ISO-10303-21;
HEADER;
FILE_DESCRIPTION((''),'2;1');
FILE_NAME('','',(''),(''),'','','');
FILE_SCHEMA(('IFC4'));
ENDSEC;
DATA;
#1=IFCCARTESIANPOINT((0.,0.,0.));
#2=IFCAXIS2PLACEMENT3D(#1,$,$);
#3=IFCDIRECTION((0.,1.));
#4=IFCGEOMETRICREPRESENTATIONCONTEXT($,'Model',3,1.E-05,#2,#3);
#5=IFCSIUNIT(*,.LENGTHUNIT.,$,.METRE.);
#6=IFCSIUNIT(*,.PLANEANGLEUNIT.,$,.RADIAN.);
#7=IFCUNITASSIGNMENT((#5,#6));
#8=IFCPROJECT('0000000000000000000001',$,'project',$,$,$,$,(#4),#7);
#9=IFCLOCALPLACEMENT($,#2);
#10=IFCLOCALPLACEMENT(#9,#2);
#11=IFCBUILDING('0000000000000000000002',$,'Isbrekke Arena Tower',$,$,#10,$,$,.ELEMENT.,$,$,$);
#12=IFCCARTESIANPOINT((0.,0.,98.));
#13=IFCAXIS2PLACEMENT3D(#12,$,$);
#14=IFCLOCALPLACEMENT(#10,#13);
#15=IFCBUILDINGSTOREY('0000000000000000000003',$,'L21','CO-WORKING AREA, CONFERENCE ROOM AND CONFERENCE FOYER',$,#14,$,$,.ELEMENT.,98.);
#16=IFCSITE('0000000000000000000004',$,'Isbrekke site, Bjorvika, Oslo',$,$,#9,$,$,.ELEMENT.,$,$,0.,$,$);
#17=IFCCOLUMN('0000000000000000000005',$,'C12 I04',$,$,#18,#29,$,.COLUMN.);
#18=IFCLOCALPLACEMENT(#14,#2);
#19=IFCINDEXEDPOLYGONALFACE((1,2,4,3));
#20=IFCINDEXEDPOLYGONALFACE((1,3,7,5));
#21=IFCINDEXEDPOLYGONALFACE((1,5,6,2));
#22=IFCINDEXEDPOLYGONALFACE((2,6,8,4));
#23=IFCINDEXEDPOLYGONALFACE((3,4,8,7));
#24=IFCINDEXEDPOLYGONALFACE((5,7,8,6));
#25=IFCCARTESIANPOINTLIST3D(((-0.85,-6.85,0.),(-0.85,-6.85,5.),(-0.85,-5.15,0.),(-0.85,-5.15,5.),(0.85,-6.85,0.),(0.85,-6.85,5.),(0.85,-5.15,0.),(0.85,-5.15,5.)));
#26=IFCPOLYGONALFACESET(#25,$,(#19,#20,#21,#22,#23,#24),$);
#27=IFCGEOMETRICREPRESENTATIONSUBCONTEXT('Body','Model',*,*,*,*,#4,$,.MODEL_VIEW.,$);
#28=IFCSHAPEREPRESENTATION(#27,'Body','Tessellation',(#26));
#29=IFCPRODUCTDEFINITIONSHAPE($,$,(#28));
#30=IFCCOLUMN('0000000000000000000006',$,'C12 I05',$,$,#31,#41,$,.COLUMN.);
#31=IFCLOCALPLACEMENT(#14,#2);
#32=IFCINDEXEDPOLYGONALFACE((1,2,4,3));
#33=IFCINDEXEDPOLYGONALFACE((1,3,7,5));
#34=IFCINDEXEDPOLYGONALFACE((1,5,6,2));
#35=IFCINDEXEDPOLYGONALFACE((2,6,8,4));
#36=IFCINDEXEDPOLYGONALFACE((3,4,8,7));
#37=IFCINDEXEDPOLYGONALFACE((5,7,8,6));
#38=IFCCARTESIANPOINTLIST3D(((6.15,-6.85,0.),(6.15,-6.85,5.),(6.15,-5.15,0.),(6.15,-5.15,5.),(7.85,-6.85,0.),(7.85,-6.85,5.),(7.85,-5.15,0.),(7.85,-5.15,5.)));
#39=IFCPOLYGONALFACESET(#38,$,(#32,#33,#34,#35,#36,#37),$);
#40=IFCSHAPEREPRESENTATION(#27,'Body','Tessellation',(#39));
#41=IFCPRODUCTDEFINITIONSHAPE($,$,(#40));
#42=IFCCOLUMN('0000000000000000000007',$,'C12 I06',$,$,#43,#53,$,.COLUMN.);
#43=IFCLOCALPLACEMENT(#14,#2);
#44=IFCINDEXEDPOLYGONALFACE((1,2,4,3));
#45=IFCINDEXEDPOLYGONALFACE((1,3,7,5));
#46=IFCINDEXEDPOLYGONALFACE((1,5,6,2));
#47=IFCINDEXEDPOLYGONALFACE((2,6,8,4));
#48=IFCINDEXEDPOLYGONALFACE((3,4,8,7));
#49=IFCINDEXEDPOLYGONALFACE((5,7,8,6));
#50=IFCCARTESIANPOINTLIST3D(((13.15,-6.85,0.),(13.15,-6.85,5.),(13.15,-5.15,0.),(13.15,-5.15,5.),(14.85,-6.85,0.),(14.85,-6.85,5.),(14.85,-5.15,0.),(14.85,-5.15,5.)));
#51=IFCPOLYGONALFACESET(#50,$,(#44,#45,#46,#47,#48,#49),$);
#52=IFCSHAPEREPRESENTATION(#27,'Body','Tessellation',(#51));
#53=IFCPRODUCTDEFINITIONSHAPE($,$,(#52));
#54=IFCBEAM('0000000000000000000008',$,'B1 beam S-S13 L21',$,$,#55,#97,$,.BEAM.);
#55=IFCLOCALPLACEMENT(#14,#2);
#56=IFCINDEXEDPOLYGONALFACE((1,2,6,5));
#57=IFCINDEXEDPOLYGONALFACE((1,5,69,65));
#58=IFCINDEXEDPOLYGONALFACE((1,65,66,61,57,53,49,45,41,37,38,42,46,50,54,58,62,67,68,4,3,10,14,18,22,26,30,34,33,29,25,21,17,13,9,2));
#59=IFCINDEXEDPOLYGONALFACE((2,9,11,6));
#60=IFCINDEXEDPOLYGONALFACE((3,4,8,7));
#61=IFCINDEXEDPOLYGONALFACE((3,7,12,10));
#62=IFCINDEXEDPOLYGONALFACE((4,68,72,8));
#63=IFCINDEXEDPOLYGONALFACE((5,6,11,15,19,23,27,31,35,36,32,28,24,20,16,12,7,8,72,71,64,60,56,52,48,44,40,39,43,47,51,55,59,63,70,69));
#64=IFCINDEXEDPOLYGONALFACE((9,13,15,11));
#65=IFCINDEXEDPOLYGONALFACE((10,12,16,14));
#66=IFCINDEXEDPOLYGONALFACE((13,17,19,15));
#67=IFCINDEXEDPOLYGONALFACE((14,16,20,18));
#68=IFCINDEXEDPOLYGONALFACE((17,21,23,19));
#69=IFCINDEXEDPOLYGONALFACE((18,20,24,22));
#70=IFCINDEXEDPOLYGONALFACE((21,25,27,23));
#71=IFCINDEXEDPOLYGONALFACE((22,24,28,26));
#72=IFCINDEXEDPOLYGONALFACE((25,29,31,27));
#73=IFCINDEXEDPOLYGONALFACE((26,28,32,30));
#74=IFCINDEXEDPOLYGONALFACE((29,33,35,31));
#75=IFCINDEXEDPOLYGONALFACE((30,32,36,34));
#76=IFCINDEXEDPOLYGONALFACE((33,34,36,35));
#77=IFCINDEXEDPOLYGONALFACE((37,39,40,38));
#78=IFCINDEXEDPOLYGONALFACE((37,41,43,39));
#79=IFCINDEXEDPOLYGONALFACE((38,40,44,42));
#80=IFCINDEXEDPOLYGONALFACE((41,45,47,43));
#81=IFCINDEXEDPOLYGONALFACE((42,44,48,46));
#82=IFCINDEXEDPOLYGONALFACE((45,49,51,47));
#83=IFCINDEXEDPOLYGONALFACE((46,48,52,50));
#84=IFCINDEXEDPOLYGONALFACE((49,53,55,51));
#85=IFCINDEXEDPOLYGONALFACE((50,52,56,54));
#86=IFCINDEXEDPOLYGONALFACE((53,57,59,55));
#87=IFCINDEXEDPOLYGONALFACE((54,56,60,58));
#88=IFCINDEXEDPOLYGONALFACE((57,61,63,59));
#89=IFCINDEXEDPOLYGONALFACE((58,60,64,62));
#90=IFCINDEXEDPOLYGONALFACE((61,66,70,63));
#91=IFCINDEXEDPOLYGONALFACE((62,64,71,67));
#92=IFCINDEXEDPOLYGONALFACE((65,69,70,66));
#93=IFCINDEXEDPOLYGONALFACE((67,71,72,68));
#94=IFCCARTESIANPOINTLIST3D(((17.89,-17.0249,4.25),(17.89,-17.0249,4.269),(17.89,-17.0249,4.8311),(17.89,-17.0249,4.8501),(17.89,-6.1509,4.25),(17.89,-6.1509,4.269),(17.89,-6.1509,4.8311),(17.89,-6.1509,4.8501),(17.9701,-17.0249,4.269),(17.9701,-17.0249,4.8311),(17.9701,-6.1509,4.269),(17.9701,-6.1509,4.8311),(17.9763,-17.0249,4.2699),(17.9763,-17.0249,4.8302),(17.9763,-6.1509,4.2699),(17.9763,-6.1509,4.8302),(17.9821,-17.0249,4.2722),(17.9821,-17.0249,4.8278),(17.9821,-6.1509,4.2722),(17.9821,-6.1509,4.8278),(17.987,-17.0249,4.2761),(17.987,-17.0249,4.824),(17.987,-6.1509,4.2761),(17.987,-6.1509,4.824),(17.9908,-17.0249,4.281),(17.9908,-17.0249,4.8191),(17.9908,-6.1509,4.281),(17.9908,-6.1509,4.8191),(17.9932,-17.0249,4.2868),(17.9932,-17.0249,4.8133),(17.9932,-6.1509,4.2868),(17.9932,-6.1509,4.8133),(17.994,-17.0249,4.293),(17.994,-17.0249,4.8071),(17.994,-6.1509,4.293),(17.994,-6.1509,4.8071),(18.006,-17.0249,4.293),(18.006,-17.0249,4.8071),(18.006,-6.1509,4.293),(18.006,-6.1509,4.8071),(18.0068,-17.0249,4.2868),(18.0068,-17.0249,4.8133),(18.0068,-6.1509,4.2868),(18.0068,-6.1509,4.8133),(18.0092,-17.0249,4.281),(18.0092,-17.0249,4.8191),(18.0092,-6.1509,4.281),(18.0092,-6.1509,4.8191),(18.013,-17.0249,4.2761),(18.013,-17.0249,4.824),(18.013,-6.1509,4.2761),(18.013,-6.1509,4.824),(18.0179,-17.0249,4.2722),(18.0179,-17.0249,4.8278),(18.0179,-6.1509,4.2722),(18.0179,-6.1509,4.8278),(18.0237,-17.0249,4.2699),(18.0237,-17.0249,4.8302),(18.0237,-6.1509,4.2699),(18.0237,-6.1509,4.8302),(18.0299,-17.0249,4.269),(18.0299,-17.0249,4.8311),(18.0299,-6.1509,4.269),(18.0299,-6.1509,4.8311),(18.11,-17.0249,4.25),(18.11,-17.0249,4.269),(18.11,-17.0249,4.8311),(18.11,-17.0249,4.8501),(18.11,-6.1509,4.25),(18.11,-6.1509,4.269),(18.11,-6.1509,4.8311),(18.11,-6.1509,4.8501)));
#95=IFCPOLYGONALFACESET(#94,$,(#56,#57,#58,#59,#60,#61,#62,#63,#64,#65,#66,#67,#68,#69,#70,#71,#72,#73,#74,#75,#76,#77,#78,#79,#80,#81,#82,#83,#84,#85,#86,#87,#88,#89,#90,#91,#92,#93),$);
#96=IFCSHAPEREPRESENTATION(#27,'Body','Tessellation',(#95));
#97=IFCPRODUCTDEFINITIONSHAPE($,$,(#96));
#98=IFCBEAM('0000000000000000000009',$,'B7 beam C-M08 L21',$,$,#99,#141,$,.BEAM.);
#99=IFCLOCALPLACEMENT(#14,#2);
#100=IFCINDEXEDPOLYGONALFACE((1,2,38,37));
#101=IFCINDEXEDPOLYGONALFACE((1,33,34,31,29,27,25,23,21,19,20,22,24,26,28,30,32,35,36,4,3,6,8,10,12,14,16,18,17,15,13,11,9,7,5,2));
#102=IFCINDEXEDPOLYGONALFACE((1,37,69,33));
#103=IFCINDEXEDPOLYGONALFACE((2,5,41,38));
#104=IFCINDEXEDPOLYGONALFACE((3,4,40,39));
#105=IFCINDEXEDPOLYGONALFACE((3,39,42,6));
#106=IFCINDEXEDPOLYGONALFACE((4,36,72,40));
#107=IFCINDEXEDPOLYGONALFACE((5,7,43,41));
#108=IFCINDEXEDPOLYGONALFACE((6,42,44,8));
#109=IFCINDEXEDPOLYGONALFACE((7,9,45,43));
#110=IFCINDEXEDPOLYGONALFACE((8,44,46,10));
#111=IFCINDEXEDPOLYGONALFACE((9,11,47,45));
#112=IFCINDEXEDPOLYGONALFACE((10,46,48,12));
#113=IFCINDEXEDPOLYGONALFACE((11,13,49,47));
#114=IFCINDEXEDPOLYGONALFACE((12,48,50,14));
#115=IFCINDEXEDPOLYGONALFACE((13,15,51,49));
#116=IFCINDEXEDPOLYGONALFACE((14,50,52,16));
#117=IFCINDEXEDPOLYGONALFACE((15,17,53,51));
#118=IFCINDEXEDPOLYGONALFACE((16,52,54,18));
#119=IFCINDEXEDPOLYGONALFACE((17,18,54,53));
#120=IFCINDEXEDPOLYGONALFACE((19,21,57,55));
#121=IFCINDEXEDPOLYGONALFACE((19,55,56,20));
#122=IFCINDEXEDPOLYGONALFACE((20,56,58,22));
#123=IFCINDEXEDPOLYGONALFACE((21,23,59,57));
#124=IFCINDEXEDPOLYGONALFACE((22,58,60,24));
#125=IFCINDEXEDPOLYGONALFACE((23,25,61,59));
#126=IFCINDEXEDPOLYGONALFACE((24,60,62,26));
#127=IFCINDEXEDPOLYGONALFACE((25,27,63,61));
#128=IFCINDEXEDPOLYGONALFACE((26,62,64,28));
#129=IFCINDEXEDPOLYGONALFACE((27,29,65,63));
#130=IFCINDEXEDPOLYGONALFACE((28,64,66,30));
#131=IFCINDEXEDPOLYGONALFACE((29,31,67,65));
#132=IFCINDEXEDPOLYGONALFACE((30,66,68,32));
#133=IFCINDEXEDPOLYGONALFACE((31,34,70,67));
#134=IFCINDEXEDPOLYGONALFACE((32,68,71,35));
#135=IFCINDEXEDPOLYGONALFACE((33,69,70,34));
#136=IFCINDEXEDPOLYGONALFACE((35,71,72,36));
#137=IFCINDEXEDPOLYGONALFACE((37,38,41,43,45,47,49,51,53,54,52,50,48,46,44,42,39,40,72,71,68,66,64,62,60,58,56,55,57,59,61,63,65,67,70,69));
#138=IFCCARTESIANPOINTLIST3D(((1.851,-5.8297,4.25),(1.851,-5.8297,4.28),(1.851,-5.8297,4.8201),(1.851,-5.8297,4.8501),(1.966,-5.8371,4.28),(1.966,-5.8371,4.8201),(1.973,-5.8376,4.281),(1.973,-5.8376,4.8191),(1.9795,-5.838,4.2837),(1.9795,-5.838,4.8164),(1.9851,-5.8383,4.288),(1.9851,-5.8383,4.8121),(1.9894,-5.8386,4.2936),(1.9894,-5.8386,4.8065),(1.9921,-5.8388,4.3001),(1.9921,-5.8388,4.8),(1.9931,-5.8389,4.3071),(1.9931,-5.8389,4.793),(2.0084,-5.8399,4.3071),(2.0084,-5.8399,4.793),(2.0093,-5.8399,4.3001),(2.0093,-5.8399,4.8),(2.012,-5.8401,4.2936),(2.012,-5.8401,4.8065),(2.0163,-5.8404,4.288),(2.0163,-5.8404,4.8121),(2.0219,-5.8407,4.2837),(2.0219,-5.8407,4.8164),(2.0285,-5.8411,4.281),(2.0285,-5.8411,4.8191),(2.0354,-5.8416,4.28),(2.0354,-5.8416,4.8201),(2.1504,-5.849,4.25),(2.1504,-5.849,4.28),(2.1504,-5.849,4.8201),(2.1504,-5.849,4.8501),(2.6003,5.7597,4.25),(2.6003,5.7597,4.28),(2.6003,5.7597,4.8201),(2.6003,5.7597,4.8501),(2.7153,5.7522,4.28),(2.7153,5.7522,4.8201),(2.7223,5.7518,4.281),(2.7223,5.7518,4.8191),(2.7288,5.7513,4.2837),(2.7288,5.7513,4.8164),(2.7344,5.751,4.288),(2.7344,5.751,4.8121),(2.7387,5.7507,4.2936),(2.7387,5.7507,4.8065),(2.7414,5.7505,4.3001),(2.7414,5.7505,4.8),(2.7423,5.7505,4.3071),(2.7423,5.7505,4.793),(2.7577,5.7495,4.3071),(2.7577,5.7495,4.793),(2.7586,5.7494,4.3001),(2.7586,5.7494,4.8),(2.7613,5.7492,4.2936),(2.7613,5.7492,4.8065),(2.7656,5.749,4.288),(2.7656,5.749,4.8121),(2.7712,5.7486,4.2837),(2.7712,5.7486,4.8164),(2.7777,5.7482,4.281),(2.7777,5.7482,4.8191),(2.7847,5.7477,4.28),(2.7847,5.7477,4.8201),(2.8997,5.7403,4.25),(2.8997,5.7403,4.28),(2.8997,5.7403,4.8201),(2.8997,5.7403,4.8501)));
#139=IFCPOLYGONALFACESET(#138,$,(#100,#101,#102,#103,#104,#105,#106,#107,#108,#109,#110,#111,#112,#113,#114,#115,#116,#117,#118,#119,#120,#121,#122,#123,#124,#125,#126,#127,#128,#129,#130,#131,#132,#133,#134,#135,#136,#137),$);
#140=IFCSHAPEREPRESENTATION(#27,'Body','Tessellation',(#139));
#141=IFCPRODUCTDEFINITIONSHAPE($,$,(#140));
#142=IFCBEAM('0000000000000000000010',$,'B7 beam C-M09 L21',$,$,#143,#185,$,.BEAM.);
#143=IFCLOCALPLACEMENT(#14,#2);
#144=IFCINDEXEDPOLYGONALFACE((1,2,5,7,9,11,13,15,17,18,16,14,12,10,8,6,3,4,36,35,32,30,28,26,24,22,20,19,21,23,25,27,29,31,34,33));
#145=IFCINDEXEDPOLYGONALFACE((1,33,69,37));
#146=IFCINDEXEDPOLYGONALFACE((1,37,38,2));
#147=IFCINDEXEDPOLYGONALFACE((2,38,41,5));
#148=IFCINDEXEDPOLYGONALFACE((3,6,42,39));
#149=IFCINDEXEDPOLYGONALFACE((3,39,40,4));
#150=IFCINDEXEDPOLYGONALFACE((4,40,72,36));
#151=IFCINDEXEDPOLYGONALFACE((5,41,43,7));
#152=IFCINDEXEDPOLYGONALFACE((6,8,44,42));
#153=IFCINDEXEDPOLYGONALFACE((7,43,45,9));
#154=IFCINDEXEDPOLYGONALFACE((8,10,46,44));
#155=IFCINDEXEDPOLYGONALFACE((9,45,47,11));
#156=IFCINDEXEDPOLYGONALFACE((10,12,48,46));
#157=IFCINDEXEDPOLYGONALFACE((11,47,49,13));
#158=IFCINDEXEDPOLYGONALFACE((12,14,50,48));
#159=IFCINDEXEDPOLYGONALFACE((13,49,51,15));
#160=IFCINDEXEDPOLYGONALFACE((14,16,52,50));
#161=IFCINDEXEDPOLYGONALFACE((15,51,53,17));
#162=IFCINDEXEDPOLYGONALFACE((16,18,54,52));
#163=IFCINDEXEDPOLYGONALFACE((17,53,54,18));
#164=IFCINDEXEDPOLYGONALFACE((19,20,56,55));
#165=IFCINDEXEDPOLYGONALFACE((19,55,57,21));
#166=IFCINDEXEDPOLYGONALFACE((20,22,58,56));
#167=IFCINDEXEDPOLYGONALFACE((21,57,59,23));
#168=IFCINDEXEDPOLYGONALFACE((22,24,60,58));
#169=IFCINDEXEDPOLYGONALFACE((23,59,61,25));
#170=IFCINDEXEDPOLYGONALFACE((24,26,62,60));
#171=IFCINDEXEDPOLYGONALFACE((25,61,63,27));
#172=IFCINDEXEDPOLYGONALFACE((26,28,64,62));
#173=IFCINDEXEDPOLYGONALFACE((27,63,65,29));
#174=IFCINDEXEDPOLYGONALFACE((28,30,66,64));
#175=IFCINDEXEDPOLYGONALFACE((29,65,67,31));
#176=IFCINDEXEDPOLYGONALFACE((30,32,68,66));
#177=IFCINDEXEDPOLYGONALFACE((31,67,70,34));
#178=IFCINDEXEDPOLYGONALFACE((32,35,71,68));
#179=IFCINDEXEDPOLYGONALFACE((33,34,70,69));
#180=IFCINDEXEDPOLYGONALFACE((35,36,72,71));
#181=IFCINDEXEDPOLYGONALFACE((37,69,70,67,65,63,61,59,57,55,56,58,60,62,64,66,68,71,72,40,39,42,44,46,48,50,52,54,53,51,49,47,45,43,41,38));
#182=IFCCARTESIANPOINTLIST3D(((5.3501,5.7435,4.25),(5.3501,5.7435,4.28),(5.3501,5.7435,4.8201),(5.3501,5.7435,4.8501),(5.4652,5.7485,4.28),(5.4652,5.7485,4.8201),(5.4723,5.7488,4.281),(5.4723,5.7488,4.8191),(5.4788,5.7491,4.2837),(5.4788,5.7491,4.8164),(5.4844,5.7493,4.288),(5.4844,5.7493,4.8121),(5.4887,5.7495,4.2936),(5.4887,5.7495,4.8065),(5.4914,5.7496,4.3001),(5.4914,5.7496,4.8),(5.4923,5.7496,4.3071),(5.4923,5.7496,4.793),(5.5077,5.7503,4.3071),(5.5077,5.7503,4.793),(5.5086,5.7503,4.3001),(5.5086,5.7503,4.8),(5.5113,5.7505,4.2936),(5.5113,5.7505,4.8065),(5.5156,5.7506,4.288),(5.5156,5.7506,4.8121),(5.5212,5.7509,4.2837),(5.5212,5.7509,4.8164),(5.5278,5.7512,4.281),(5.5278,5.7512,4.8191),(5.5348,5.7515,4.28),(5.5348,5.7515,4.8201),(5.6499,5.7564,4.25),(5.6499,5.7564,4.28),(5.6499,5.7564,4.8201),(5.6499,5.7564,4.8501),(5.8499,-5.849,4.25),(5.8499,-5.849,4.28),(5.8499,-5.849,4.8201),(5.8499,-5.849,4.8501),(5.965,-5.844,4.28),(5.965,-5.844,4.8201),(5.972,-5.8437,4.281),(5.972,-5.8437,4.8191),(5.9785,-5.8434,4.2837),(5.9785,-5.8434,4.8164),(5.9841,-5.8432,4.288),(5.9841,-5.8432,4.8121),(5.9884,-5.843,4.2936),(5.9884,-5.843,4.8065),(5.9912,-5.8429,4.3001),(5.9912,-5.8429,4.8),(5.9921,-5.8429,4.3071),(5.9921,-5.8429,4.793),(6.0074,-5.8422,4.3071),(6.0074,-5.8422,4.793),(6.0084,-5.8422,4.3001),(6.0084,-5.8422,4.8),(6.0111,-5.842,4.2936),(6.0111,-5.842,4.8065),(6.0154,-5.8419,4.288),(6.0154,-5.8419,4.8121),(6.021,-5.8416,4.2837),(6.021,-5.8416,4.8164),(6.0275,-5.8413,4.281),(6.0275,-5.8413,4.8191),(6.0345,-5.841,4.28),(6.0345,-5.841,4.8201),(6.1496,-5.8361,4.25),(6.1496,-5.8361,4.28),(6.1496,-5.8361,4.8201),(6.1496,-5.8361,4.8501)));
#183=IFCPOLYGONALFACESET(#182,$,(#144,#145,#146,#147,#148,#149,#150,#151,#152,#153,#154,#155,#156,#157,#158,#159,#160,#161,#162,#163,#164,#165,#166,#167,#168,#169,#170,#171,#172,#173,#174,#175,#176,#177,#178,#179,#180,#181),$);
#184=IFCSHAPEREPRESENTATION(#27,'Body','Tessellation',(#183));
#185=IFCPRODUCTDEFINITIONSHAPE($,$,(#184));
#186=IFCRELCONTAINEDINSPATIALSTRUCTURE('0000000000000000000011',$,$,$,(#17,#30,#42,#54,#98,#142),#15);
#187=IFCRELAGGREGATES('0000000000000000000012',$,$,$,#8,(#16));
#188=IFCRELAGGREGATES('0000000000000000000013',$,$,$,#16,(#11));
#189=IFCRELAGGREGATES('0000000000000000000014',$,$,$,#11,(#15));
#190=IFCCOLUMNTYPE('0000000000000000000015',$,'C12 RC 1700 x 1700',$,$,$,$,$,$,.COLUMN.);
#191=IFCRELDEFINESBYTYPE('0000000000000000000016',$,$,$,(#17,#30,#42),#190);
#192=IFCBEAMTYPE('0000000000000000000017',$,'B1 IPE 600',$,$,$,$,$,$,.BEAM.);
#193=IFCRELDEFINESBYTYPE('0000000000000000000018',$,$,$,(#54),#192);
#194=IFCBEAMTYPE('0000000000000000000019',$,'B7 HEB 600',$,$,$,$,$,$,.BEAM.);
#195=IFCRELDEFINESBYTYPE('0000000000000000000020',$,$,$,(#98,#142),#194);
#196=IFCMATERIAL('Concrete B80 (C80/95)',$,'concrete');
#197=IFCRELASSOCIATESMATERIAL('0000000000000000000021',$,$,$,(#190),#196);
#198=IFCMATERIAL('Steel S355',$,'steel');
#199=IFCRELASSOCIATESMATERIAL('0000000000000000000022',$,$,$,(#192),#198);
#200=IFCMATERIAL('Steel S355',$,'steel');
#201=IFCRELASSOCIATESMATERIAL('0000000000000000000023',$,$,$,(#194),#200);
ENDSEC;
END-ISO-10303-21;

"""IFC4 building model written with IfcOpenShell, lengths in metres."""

from ifc_helpers import new_model, si_unit, direction, frame, origin, origin_2d, place, context, subcontext, project, spatial, rectangle, i_section, extrude, material, material_profile, profile_set, type_object, element, save


model = new_model("IFC4")

# Units and contexts
model_context = context("Model", 3, precision=1e-05, world=origin(), true_north=direction((0.0, 1.0)))
body_context = subcontext(model_context, "Body", "Model", "MODEL_VIEW")
ifc_project = project(units=[si_unit("LENGTHUNIT", "METRE"), si_unit("PLANEANGLEUNIT", "RADIAN")], contexts=[model_context])

# Site, building, storey
site_placement = place(None, origin())
site = spatial("IfcSite", under=ifc_project, at=site_placement, Name="Isbrekke site, Bjorvika, Oslo", CompositionType="ELEMENT", RefElevation=0.0)
building_placement = place(site_placement, origin())
building = spatial("IfcBuilding", under=site, at=building_placement, Name="Isbrekke Arena Tower", CompositionType="ELEMENT")
storey_placement = place(building_placement, frame((0.0, 0.0, 98.0)))
storey = spatial("IfcBuildingStorey", under=building, at=storey_placement, Name="L21", Description="CO-WORKING AREA, CONFERENCE ROOM AND CONFERENCE FOYER", CompositionType="ELEMENT", Elevation=98.0)

# Columns
ifc_material_1 = material(Name="Concrete B80 (C80/95)", Category="concrete")
ifc_material_profile_1 = material_profile(ifc_material_1, rectangle(XDim=1.7, YDim=1.7, at=origin_2d()), Name="RC 1700x1700")
ifc_profile_set_1 = profile_set([ifc_material_profile_1], Name="Concrete B80 (C80/95)")
column_type = type_object("IfcColumnType", Name="C12 RC 1700 x 1700", PredefinedType="COLUMN", material=ifc_profile_set_1)
for number, where, z_axis, x_axis, name in (
    (1, (0.0, -6.0, 0.0), (0.0, 0.0, 1.0), (1.0, 0.0, 0.0), "C12 I04"),
    (2, (7.0, -6.0, 0.0), (0.0, 0.0, 1.0), (1.0, 0.0, 0.0), "C12 I05"),
    (3, (14.0, -6.0, 0.0), (0.0, 0.0, 1.0), (1.0, 0.0, 0.0), "C12 I06"),
):
    element("IfcColumn", number, at=place(storey_placement, frame(where, z_axis=z_axis, x_axis=x_axis)), inside=storey, type_object=column_type, Name=name, PredefinedType="COLUMN", context=body_context, shape_type="SweptSolid", body=[
        extrude(rectangle(XDim=1.7, YDim=1.7, at=origin_2d()), origin(), (0.0, 0.0, 1.0), 5.0),
    ])

# Beams
ifc_material_2 = material(Name="Steel S355", Category="steel")
ifc_material_profile_2 = material_profile(ifc_material_2, i_section(OverallWidth=0.22, OverallDepth=0.6001, WebThickness=0.012, FlangeThickness=0.019, FilletRadius=0.0239, at=origin_2d()), Name="IPE 600")
ifc_profile_set_2 = profile_set([ifc_material_profile_2], Name="Steel S355")
beam_type_1 = type_object("IfcBeamType", Name="B1 IPE 600", PredefinedType="BEAM", material=ifc_profile_set_2)
beam_1_placement = place(storey_placement, frame((18.0, -17.0249, 4.55), z_axis=(0.0, 1.0, 0.0), x_axis=(-1.0, 0.0, 0.0)))
element("IfcBeam", 4, at=beam_1_placement, inside=storey, type_object=beam_type_1, Name="B1 beam S-S13 L21", PredefinedType="BEAM", context=body_context, shape_type="SweptSolid", body=[
    extrude(i_section(OverallWidth=0.22, OverallDepth=0.6001, WebThickness=0.012, FlangeThickness=0.019, FilletRadius=0.0239, at=origin_2d()), origin(), (0.0, 0.0, 1.0), 10.874),
])
ifc_material_3 = material(Name="Steel S355", Category="steel")
ifc_material_profile_3 = material_profile(ifc_material_3, i_section(OverallWidth=0.3, OverallDepth=0.6001, WebThickness=0.0154, FlangeThickness=0.03, FilletRadius=0.0271, at=origin_2d()), Name="HEB 600")
ifc_profile_set_3 = profile_set([ifc_material_profile_3], Name="Steel S355")
beam_type_2 = type_object("IfcBeamType", Name="B7 HEB 600", PredefinedType="BEAM", material=ifc_profile_set_3)
beam_2_placement = place(storey_placement, frame((2.0007, -5.8394, 4.55), z_axis=(0.064517, 0.997917, 0.0), x_axis=(-0.997917, 0.064517, 0.0)))
element("IfcBeam", 5, at=beam_2_placement, inside=storey, type_object=beam_type_2, Name="B7 beam C-M08 L21", PredefinedType="BEAM", context=body_context, shape_type="SweptSolid", body=[
    extrude(i_section(OverallWidth=0.3, OverallDepth=0.6001, WebThickness=0.0154, FlangeThickness=0.03, FilletRadius=0.0271, at=origin_2d()), origin(), (0.0, 0.0, 1.0), 11.6135),
])
beam_3_placement = place(storey_placement, frame((5.9998, -5.8425, 4.55), z_axis=(-0.04307, 0.999072, 0.0), x_axis=(-0.999072, -0.04307, 0.0)))
element("IfcBeam", 6, at=beam_3_placement, inside=storey, type_object=beam_type_2, Name="B7 beam C-M09 L21", PredefinedType="BEAM", context=body_context, shape_type="SweptSolid", body=[
    extrude(i_section(OverallWidth=0.3, OverallDepth=0.6001, WebThickness=0.0154, FlangeThickness=0.03, FilletRadius=0.0271, at=origin_2d()), origin(), (0.0, 0.0, 1.0), 11.6033),
])

save(model, "model.ifc")
